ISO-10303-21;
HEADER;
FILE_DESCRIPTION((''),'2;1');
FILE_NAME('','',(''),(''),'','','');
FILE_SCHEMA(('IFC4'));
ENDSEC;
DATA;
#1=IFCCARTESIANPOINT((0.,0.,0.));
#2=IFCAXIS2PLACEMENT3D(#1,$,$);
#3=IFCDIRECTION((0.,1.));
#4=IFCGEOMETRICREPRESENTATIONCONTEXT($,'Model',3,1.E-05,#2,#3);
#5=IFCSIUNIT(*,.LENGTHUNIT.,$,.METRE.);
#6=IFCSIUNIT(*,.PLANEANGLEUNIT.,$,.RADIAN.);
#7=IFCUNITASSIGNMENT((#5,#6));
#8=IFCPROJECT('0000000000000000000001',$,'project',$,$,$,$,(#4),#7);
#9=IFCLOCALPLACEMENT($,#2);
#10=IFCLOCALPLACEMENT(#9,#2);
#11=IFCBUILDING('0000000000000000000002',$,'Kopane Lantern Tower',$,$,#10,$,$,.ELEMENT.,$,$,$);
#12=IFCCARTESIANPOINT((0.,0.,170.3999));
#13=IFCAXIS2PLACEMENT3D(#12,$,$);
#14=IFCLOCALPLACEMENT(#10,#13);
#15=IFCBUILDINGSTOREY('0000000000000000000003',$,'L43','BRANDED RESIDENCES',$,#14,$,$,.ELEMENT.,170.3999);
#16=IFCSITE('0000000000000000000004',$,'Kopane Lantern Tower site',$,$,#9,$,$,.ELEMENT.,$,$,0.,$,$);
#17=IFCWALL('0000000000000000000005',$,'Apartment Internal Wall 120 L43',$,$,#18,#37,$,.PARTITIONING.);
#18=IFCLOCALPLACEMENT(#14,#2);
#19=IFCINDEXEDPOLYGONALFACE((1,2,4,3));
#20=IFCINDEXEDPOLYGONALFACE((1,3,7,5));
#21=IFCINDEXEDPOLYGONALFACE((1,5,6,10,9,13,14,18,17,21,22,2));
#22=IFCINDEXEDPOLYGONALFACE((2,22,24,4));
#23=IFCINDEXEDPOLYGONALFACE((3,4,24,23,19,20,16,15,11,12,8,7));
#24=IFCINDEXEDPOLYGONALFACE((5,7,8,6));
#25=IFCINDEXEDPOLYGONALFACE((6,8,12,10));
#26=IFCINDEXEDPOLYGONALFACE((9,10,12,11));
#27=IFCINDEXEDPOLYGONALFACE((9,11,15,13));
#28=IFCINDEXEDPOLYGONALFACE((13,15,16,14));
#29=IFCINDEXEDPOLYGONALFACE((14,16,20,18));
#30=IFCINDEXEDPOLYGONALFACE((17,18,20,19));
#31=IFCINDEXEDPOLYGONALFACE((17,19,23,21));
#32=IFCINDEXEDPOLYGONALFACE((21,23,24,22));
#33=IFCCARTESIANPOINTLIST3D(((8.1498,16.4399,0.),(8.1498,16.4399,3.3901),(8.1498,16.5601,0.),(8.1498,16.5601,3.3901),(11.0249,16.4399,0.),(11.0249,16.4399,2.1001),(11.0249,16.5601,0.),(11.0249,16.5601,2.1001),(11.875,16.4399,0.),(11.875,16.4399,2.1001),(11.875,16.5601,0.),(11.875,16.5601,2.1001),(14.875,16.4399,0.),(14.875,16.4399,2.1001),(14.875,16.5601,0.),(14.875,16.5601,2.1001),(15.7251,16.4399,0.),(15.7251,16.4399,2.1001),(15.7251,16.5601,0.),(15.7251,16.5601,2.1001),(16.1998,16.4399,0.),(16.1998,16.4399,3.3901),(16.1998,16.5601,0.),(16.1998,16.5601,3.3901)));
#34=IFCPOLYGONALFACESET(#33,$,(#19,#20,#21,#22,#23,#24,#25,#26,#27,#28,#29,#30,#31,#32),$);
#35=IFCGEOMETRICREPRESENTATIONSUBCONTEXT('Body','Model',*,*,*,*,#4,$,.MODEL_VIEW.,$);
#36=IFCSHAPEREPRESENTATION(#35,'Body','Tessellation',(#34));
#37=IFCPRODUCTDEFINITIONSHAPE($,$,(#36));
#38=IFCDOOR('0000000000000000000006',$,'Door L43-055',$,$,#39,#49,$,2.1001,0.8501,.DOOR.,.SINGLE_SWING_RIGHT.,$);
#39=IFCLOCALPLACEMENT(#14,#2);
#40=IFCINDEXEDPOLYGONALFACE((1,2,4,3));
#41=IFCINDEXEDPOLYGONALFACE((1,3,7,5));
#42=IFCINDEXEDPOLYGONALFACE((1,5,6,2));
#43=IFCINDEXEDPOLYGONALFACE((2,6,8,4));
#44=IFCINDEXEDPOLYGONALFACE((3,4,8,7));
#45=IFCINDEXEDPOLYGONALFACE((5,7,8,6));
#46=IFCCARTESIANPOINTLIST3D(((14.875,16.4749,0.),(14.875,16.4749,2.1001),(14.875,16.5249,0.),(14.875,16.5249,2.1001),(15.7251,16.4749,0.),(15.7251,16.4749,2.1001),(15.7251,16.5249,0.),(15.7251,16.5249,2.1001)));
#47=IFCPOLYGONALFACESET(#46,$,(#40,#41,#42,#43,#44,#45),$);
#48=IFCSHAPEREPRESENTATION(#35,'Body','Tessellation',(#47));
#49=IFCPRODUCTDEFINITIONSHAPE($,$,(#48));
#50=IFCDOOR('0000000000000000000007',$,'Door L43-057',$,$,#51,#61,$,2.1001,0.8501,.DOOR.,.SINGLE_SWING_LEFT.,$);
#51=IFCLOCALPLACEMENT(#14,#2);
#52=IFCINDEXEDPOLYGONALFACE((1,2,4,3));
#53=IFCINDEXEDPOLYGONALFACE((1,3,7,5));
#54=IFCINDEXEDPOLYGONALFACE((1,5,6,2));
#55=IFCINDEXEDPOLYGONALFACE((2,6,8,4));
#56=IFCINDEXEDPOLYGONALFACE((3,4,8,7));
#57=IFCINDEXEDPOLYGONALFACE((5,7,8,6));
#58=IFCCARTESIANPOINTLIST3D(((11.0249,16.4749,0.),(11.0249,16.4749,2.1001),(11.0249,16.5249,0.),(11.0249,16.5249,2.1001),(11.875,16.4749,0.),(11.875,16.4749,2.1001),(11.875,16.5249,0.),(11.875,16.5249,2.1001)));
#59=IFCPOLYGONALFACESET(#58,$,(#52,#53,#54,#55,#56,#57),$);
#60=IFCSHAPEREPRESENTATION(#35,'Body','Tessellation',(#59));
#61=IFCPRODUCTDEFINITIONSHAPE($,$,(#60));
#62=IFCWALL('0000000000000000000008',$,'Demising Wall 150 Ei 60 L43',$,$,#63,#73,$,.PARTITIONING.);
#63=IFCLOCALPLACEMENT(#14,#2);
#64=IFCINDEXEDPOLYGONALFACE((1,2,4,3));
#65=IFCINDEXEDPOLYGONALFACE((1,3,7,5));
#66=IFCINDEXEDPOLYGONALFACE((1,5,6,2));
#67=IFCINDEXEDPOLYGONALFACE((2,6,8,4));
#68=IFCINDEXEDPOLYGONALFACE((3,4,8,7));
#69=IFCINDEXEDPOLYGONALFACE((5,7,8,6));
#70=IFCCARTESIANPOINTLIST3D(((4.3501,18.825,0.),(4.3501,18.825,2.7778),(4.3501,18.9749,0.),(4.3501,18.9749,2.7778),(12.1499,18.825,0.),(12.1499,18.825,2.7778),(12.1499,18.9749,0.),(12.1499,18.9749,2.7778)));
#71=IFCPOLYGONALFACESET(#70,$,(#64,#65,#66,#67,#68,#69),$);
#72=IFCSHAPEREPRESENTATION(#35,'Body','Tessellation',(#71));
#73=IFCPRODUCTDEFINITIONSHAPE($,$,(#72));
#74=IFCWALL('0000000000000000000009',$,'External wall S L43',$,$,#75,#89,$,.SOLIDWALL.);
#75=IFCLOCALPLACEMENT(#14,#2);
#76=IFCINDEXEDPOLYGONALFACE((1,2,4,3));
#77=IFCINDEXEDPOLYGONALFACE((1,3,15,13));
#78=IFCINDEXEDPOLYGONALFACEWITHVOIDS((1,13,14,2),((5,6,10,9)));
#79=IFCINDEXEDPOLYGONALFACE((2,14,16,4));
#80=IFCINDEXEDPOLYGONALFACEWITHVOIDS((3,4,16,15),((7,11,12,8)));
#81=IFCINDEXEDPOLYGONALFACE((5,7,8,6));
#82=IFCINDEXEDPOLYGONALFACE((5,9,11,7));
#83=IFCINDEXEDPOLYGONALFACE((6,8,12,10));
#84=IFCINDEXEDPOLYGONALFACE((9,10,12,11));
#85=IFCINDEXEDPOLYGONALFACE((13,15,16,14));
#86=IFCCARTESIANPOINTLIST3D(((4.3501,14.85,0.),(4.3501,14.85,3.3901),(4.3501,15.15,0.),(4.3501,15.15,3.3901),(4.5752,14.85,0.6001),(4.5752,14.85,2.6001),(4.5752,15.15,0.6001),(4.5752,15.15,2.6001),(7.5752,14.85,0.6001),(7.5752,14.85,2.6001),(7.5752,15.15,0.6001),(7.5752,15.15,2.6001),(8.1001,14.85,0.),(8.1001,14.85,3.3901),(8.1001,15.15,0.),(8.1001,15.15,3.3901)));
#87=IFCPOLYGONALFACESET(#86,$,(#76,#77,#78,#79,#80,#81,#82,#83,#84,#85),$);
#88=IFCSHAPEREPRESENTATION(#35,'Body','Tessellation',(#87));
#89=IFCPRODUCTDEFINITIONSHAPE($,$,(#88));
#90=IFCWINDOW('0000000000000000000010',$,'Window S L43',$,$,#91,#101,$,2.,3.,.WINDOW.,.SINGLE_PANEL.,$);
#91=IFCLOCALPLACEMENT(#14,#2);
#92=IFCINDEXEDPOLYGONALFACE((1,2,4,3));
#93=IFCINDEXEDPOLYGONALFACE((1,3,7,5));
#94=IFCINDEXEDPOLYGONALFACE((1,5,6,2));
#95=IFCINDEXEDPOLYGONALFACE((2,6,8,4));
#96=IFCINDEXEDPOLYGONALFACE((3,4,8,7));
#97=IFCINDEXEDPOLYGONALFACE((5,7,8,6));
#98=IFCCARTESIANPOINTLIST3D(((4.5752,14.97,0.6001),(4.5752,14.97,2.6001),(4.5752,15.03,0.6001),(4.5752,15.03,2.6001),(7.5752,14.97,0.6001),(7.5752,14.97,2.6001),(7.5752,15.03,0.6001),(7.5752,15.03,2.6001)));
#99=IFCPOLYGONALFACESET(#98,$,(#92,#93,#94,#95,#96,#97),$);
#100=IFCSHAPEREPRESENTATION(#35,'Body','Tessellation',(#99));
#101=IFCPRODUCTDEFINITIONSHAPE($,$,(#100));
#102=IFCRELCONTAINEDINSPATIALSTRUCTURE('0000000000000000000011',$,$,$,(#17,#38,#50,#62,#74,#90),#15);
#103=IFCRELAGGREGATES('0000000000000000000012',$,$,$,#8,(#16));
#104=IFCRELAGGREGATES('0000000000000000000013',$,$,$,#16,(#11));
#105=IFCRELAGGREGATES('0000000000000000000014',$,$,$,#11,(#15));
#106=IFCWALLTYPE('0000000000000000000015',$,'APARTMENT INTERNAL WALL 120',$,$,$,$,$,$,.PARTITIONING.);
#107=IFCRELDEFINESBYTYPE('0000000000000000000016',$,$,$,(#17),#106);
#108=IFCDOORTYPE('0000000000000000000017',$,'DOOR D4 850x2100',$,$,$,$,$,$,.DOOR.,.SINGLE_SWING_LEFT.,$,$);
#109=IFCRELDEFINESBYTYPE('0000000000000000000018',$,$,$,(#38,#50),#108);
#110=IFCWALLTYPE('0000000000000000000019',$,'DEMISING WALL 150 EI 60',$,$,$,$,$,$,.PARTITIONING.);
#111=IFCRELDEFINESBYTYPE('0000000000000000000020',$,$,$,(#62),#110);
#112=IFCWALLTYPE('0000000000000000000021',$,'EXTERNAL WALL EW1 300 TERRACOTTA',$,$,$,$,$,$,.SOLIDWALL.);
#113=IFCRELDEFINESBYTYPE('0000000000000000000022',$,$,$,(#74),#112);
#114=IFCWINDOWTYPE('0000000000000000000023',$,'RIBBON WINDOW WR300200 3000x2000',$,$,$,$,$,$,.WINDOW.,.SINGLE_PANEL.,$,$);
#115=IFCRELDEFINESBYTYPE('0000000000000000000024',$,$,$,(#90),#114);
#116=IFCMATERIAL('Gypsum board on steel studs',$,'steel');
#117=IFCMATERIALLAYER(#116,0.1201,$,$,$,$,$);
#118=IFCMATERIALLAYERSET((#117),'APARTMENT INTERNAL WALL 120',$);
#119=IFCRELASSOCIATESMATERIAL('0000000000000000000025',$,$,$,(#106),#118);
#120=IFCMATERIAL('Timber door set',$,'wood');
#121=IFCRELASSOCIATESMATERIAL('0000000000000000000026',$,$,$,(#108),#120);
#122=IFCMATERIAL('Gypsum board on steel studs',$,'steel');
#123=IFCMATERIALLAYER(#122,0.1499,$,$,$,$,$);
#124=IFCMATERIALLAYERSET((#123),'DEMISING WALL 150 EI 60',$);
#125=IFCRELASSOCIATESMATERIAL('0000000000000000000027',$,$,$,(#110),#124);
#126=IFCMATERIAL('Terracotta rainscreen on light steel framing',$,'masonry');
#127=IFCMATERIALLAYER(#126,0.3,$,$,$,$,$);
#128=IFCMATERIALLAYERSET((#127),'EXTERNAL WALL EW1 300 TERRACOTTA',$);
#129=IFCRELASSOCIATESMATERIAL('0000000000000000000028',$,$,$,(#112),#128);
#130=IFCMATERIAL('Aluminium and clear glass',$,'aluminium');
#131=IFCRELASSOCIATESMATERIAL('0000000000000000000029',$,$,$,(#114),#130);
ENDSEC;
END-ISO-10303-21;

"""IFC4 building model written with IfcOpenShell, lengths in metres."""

from ifc_helpers import new_model, si_unit, direction, frame, frame_2d, origin, place, context, subcontext, project, spatial, rectangle, extrude, material, layer, layer_set, type_object, element, fill, save


model = new_model("IFC4")

# Units and contexts
model_context = context("Model", 3, precision=1e-05, world=origin(), true_north=direction((0.0, 1.0)))
body_context = subcontext(model_context, "Body", "Model", "MODEL_VIEW")
ifc_project = project(units=[si_unit("LENGTHUNIT", "METRE"), si_unit("PLANEANGLEUNIT", "RADIAN")], contexts=[model_context])

# Site, building, storey
site_placement = place(None, origin())
site = spatial("IfcSite", under=ifc_project, at=site_placement, Name="Kopane Lantern Tower site", CompositionType="ELEMENT", RefElevation=0.0)
building_placement = place(site_placement, origin())
building = spatial("IfcBuilding", under=site, at=building_placement, Name="Kopane Lantern Tower", CompositionType="ELEMENT")
storey_placement = place(building_placement, frame((0.0, 0.0, 170.3999)))
storey = spatial("IfcBuildingStorey", under=building, at=storey_placement, Name="L43", Description="BRANDED RESIDENCES", CompositionType="ELEMENT", Elevation=170.3999)

# Wall, openings, doors
ifc_material_1 = material(Name="Gypsum board on steel studs", Category="steel")
ifc_layer_1 = layer(ifc_material_1, 0.1201)
ifc_layer_set_1 = layer_set([ifc_layer_1], Name="APARTMENT INTERNAL WALL 120")
wall_type_1 = type_object("IfcWallType", Name="APARTMENT INTERNAL WALL 120", PredefinedType="PARTITIONING", material=ifc_layer_set_1)
wall_1_placement = place(storey_placement, frame((8.1499, 16.5, 0.0), z_axis=(0.0, 0.0, 1.0), x_axis=(1.0, 0.0, 0.0)))
wall_1 = element("IfcWall", 1, at=wall_1_placement, inside=storey, type_object=wall_type_1, Name="Apartment Internal Wall 120 L43", PredefinedType="PARTITIONING", context=body_context, shape_type="SweptSolid", body=[
    extrude(rectangle(XDim=8.05, YDim=0.1201, at=frame_2d((4.0249, 0.0))), origin(), (0.0, 0.0, 1.0), 3.3901),
])
opening_1_placement = place(wall_1_placement, frame((6.7251, 0.0, 0.0)))
opening_1 = element("IfcOpeningElement", 2, at=opening_1_placement, cuts=wall_1, PredefinedType="OPENING", context=body_context, shape_type="SweptSolid", body=[
    extrude(rectangle(XDim=0.8501, YDim=2.1001, at=frame_2d((0.425, 1.05))), frame((0.0, 0.0701, 0.0), z_axis=(0.0, -1.0, 0.0), x_axis=(1.0, 0.0, 0.0)), (0.0, 0.0, 1.0), 0.1401),
])
opening_2_placement = place(wall_1_placement, frame((2.875, 0.0, 0.0)))
opening_2 = element("IfcOpeningElement", 3, at=opening_2_placement, cuts=wall_1, PredefinedType="OPENING", context=body_context, shape_type="SweptSolid", body=[
    extrude(rectangle(XDim=0.8501, YDim=2.1001, at=frame_2d((0.425, 1.05))), frame((0.0, 0.0701, 0.0), z_axis=(0.0, -1.0, 0.0), x_axis=(1.0, 0.0, 0.0)), (0.0, 0.0, 1.0), 0.1401),
])
ifc_material_2 = material(Name="Timber door set", Category="wood")
door_type = type_object("IfcDoorType", Name="DOOR D4 850x2100", OperationType="SINGLE_SWING_LEFT", PredefinedType="DOOR", material=ifc_material_2)
door_1_placement = place(opening_1_placement, origin())
door_1 = element("IfcDoor", 4, at=door_1_placement, inside=storey, type_object=door_type, Name="Door L43-055", OperationType="SINGLE_SWING_RIGHT", OverallHeight=2.1001, OverallWidth=0.8501, PredefinedType="DOOR", context=body_context, shape_type="SweptSolid", body=[
    extrude(rectangle(XDim=0.8501, YDim=2.1001, at=frame_2d((0.425, 1.05))), frame((0.0, 0.0249, 0.0), z_axis=(0.0, -1.0, 0.0), x_axis=(1.0, 0.0, 0.0)), (0.0, 0.0, 1.0), 0.05),
])
fill(opening_1, door_1)
door_2_placement = place(opening_2_placement, origin())
door_2 = element("IfcDoor", 5, at=door_2_placement, inside=storey, type_object=door_type, Name="Door L43-057", OperationType="SINGLE_SWING_LEFT", OverallHeight=2.1001, OverallWidth=0.8501, PredefinedType="DOOR", context=body_context, shape_type="SweptSolid", body=[
    extrude(rectangle(XDim=0.8501, YDim=2.1001, at=frame_2d((0.425, 1.05))), frame((0.0, 0.0249, 0.0), z_axis=(0.0, -1.0, 0.0), x_axis=(1.0, 0.0, 0.0)), (0.0, 0.0, 1.0), 0.05),
])
fill(opening_2, door_2)

# Wall
ifc_material_3 = material(Name="Gypsum board on steel studs", Category="steel")
ifc_layer_2 = layer(ifc_material_3, 0.1499)
ifc_layer_set_2 = layer_set([ifc_layer_2], Name="DEMISING WALL 150 EI 60")
wall_type_2 = type_object("IfcWallType", Name="DEMISING WALL 150 EI 60", PredefinedType="PARTITIONING", material=ifc_layer_set_2)
wall_2_placement = place(storey_placement, frame((4.3501, 18.8999, 0.0), z_axis=(0.0, 0.0, 1.0), x_axis=(1.0, 0.0, 0.0)))
element("IfcWall", 6, at=wall_2_placement, inside=storey, type_object=wall_type_2, Name="Demising Wall 150 Ei 60 L43", PredefinedType="PARTITIONING", context=body_context, shape_type="SweptSolid", body=[
    extrude(rectangle(XDim=7.7998, YDim=0.1499, at=frame_2d((3.8999, 0.0))), origin(), (0.0, 0.0, 1.0), 2.7778),
])

# Wall, opening, window
ifc_material_4 = material(Name="Terracotta rainscreen on light steel framing", Category="masonry")
ifc_layer_3 = layer(ifc_material_4, 0.3)
ifc_layer_set_3 = layer_set([ifc_layer_3], Name="EXTERNAL WALL EW1 300 TERRACOTTA")
wall_type_3 = type_object("IfcWallType", Name="EXTERNAL WALL EW1 300 TERRACOTTA", PredefinedType="SOLIDWALL", material=ifc_layer_set_3)
wall_3_placement = place(storey_placement, frame((4.3501, 15.0, 0.0), z_axis=(0.0, 0.0, 1.0), x_axis=(1.0, 0.0, 0.0)))
wall_3 = element("IfcWall", 7, at=wall_3_placement, inside=storey, type_object=wall_type_3, Name="External wall S L43", PredefinedType="SOLIDWALL", context=body_context, shape_type="SweptSolid", body=[
    extrude(rectangle(XDim=3.75, YDim=0.3, at=frame_2d((1.875, 0.0))), origin(), (0.0, 0.0, 1.0), 3.3901),
])
opening_3_placement = place(wall_3_placement, frame((0.2251, 0.0, 0.6001)))
opening_3 = element("IfcOpeningElement", 8, at=opening_3_placement, cuts=wall_3, PredefinedType="OPENING", context=body_context, shape_type="SweptSolid", body=[
    extrude(rectangle(XDim=3.0, YDim=2.0, at=frame_2d((1.5, 1.0))), frame((0.0, 0.1599, 0.0), z_axis=(0.0, -1.0, 0.0), x_axis=(1.0, 0.0, 0.0)), (0.0, 0.0, 1.0), 0.3201),
])
ifc_material_5 = material(Name="Aluminium and clear glass", Category="aluminium")
window_type = type_object("IfcWindowType", Name="RIBBON WINDOW WR300200 3000x2000", PartitioningType="SINGLE_PANEL", PredefinedType="WINDOW", material=ifc_material_5)
window_placement = place(opening_3_placement, origin())
window = element("IfcWindow", 9, at=window_placement, inside=storey, type_object=window_type, Name="Window S L43", OverallHeight=2.0, OverallWidth=3.0, PartitioningType="SINGLE_PANEL", PredefinedType="WINDOW", context=body_context, shape_type="SweptSolid", body=[
    extrude(rectangle(XDim=3.0, YDim=2.0, at=frame_2d((1.5, 1.0))), frame((0.0, 0.03, 0.0), z_axis=(0.0, -1.0, 0.0), x_axis=(1.0, 0.0, 0.0)), (0.0, 0.0, 1.0), 0.0601),
])
fill(opening_3, window)

save(model, "model.ifc")
